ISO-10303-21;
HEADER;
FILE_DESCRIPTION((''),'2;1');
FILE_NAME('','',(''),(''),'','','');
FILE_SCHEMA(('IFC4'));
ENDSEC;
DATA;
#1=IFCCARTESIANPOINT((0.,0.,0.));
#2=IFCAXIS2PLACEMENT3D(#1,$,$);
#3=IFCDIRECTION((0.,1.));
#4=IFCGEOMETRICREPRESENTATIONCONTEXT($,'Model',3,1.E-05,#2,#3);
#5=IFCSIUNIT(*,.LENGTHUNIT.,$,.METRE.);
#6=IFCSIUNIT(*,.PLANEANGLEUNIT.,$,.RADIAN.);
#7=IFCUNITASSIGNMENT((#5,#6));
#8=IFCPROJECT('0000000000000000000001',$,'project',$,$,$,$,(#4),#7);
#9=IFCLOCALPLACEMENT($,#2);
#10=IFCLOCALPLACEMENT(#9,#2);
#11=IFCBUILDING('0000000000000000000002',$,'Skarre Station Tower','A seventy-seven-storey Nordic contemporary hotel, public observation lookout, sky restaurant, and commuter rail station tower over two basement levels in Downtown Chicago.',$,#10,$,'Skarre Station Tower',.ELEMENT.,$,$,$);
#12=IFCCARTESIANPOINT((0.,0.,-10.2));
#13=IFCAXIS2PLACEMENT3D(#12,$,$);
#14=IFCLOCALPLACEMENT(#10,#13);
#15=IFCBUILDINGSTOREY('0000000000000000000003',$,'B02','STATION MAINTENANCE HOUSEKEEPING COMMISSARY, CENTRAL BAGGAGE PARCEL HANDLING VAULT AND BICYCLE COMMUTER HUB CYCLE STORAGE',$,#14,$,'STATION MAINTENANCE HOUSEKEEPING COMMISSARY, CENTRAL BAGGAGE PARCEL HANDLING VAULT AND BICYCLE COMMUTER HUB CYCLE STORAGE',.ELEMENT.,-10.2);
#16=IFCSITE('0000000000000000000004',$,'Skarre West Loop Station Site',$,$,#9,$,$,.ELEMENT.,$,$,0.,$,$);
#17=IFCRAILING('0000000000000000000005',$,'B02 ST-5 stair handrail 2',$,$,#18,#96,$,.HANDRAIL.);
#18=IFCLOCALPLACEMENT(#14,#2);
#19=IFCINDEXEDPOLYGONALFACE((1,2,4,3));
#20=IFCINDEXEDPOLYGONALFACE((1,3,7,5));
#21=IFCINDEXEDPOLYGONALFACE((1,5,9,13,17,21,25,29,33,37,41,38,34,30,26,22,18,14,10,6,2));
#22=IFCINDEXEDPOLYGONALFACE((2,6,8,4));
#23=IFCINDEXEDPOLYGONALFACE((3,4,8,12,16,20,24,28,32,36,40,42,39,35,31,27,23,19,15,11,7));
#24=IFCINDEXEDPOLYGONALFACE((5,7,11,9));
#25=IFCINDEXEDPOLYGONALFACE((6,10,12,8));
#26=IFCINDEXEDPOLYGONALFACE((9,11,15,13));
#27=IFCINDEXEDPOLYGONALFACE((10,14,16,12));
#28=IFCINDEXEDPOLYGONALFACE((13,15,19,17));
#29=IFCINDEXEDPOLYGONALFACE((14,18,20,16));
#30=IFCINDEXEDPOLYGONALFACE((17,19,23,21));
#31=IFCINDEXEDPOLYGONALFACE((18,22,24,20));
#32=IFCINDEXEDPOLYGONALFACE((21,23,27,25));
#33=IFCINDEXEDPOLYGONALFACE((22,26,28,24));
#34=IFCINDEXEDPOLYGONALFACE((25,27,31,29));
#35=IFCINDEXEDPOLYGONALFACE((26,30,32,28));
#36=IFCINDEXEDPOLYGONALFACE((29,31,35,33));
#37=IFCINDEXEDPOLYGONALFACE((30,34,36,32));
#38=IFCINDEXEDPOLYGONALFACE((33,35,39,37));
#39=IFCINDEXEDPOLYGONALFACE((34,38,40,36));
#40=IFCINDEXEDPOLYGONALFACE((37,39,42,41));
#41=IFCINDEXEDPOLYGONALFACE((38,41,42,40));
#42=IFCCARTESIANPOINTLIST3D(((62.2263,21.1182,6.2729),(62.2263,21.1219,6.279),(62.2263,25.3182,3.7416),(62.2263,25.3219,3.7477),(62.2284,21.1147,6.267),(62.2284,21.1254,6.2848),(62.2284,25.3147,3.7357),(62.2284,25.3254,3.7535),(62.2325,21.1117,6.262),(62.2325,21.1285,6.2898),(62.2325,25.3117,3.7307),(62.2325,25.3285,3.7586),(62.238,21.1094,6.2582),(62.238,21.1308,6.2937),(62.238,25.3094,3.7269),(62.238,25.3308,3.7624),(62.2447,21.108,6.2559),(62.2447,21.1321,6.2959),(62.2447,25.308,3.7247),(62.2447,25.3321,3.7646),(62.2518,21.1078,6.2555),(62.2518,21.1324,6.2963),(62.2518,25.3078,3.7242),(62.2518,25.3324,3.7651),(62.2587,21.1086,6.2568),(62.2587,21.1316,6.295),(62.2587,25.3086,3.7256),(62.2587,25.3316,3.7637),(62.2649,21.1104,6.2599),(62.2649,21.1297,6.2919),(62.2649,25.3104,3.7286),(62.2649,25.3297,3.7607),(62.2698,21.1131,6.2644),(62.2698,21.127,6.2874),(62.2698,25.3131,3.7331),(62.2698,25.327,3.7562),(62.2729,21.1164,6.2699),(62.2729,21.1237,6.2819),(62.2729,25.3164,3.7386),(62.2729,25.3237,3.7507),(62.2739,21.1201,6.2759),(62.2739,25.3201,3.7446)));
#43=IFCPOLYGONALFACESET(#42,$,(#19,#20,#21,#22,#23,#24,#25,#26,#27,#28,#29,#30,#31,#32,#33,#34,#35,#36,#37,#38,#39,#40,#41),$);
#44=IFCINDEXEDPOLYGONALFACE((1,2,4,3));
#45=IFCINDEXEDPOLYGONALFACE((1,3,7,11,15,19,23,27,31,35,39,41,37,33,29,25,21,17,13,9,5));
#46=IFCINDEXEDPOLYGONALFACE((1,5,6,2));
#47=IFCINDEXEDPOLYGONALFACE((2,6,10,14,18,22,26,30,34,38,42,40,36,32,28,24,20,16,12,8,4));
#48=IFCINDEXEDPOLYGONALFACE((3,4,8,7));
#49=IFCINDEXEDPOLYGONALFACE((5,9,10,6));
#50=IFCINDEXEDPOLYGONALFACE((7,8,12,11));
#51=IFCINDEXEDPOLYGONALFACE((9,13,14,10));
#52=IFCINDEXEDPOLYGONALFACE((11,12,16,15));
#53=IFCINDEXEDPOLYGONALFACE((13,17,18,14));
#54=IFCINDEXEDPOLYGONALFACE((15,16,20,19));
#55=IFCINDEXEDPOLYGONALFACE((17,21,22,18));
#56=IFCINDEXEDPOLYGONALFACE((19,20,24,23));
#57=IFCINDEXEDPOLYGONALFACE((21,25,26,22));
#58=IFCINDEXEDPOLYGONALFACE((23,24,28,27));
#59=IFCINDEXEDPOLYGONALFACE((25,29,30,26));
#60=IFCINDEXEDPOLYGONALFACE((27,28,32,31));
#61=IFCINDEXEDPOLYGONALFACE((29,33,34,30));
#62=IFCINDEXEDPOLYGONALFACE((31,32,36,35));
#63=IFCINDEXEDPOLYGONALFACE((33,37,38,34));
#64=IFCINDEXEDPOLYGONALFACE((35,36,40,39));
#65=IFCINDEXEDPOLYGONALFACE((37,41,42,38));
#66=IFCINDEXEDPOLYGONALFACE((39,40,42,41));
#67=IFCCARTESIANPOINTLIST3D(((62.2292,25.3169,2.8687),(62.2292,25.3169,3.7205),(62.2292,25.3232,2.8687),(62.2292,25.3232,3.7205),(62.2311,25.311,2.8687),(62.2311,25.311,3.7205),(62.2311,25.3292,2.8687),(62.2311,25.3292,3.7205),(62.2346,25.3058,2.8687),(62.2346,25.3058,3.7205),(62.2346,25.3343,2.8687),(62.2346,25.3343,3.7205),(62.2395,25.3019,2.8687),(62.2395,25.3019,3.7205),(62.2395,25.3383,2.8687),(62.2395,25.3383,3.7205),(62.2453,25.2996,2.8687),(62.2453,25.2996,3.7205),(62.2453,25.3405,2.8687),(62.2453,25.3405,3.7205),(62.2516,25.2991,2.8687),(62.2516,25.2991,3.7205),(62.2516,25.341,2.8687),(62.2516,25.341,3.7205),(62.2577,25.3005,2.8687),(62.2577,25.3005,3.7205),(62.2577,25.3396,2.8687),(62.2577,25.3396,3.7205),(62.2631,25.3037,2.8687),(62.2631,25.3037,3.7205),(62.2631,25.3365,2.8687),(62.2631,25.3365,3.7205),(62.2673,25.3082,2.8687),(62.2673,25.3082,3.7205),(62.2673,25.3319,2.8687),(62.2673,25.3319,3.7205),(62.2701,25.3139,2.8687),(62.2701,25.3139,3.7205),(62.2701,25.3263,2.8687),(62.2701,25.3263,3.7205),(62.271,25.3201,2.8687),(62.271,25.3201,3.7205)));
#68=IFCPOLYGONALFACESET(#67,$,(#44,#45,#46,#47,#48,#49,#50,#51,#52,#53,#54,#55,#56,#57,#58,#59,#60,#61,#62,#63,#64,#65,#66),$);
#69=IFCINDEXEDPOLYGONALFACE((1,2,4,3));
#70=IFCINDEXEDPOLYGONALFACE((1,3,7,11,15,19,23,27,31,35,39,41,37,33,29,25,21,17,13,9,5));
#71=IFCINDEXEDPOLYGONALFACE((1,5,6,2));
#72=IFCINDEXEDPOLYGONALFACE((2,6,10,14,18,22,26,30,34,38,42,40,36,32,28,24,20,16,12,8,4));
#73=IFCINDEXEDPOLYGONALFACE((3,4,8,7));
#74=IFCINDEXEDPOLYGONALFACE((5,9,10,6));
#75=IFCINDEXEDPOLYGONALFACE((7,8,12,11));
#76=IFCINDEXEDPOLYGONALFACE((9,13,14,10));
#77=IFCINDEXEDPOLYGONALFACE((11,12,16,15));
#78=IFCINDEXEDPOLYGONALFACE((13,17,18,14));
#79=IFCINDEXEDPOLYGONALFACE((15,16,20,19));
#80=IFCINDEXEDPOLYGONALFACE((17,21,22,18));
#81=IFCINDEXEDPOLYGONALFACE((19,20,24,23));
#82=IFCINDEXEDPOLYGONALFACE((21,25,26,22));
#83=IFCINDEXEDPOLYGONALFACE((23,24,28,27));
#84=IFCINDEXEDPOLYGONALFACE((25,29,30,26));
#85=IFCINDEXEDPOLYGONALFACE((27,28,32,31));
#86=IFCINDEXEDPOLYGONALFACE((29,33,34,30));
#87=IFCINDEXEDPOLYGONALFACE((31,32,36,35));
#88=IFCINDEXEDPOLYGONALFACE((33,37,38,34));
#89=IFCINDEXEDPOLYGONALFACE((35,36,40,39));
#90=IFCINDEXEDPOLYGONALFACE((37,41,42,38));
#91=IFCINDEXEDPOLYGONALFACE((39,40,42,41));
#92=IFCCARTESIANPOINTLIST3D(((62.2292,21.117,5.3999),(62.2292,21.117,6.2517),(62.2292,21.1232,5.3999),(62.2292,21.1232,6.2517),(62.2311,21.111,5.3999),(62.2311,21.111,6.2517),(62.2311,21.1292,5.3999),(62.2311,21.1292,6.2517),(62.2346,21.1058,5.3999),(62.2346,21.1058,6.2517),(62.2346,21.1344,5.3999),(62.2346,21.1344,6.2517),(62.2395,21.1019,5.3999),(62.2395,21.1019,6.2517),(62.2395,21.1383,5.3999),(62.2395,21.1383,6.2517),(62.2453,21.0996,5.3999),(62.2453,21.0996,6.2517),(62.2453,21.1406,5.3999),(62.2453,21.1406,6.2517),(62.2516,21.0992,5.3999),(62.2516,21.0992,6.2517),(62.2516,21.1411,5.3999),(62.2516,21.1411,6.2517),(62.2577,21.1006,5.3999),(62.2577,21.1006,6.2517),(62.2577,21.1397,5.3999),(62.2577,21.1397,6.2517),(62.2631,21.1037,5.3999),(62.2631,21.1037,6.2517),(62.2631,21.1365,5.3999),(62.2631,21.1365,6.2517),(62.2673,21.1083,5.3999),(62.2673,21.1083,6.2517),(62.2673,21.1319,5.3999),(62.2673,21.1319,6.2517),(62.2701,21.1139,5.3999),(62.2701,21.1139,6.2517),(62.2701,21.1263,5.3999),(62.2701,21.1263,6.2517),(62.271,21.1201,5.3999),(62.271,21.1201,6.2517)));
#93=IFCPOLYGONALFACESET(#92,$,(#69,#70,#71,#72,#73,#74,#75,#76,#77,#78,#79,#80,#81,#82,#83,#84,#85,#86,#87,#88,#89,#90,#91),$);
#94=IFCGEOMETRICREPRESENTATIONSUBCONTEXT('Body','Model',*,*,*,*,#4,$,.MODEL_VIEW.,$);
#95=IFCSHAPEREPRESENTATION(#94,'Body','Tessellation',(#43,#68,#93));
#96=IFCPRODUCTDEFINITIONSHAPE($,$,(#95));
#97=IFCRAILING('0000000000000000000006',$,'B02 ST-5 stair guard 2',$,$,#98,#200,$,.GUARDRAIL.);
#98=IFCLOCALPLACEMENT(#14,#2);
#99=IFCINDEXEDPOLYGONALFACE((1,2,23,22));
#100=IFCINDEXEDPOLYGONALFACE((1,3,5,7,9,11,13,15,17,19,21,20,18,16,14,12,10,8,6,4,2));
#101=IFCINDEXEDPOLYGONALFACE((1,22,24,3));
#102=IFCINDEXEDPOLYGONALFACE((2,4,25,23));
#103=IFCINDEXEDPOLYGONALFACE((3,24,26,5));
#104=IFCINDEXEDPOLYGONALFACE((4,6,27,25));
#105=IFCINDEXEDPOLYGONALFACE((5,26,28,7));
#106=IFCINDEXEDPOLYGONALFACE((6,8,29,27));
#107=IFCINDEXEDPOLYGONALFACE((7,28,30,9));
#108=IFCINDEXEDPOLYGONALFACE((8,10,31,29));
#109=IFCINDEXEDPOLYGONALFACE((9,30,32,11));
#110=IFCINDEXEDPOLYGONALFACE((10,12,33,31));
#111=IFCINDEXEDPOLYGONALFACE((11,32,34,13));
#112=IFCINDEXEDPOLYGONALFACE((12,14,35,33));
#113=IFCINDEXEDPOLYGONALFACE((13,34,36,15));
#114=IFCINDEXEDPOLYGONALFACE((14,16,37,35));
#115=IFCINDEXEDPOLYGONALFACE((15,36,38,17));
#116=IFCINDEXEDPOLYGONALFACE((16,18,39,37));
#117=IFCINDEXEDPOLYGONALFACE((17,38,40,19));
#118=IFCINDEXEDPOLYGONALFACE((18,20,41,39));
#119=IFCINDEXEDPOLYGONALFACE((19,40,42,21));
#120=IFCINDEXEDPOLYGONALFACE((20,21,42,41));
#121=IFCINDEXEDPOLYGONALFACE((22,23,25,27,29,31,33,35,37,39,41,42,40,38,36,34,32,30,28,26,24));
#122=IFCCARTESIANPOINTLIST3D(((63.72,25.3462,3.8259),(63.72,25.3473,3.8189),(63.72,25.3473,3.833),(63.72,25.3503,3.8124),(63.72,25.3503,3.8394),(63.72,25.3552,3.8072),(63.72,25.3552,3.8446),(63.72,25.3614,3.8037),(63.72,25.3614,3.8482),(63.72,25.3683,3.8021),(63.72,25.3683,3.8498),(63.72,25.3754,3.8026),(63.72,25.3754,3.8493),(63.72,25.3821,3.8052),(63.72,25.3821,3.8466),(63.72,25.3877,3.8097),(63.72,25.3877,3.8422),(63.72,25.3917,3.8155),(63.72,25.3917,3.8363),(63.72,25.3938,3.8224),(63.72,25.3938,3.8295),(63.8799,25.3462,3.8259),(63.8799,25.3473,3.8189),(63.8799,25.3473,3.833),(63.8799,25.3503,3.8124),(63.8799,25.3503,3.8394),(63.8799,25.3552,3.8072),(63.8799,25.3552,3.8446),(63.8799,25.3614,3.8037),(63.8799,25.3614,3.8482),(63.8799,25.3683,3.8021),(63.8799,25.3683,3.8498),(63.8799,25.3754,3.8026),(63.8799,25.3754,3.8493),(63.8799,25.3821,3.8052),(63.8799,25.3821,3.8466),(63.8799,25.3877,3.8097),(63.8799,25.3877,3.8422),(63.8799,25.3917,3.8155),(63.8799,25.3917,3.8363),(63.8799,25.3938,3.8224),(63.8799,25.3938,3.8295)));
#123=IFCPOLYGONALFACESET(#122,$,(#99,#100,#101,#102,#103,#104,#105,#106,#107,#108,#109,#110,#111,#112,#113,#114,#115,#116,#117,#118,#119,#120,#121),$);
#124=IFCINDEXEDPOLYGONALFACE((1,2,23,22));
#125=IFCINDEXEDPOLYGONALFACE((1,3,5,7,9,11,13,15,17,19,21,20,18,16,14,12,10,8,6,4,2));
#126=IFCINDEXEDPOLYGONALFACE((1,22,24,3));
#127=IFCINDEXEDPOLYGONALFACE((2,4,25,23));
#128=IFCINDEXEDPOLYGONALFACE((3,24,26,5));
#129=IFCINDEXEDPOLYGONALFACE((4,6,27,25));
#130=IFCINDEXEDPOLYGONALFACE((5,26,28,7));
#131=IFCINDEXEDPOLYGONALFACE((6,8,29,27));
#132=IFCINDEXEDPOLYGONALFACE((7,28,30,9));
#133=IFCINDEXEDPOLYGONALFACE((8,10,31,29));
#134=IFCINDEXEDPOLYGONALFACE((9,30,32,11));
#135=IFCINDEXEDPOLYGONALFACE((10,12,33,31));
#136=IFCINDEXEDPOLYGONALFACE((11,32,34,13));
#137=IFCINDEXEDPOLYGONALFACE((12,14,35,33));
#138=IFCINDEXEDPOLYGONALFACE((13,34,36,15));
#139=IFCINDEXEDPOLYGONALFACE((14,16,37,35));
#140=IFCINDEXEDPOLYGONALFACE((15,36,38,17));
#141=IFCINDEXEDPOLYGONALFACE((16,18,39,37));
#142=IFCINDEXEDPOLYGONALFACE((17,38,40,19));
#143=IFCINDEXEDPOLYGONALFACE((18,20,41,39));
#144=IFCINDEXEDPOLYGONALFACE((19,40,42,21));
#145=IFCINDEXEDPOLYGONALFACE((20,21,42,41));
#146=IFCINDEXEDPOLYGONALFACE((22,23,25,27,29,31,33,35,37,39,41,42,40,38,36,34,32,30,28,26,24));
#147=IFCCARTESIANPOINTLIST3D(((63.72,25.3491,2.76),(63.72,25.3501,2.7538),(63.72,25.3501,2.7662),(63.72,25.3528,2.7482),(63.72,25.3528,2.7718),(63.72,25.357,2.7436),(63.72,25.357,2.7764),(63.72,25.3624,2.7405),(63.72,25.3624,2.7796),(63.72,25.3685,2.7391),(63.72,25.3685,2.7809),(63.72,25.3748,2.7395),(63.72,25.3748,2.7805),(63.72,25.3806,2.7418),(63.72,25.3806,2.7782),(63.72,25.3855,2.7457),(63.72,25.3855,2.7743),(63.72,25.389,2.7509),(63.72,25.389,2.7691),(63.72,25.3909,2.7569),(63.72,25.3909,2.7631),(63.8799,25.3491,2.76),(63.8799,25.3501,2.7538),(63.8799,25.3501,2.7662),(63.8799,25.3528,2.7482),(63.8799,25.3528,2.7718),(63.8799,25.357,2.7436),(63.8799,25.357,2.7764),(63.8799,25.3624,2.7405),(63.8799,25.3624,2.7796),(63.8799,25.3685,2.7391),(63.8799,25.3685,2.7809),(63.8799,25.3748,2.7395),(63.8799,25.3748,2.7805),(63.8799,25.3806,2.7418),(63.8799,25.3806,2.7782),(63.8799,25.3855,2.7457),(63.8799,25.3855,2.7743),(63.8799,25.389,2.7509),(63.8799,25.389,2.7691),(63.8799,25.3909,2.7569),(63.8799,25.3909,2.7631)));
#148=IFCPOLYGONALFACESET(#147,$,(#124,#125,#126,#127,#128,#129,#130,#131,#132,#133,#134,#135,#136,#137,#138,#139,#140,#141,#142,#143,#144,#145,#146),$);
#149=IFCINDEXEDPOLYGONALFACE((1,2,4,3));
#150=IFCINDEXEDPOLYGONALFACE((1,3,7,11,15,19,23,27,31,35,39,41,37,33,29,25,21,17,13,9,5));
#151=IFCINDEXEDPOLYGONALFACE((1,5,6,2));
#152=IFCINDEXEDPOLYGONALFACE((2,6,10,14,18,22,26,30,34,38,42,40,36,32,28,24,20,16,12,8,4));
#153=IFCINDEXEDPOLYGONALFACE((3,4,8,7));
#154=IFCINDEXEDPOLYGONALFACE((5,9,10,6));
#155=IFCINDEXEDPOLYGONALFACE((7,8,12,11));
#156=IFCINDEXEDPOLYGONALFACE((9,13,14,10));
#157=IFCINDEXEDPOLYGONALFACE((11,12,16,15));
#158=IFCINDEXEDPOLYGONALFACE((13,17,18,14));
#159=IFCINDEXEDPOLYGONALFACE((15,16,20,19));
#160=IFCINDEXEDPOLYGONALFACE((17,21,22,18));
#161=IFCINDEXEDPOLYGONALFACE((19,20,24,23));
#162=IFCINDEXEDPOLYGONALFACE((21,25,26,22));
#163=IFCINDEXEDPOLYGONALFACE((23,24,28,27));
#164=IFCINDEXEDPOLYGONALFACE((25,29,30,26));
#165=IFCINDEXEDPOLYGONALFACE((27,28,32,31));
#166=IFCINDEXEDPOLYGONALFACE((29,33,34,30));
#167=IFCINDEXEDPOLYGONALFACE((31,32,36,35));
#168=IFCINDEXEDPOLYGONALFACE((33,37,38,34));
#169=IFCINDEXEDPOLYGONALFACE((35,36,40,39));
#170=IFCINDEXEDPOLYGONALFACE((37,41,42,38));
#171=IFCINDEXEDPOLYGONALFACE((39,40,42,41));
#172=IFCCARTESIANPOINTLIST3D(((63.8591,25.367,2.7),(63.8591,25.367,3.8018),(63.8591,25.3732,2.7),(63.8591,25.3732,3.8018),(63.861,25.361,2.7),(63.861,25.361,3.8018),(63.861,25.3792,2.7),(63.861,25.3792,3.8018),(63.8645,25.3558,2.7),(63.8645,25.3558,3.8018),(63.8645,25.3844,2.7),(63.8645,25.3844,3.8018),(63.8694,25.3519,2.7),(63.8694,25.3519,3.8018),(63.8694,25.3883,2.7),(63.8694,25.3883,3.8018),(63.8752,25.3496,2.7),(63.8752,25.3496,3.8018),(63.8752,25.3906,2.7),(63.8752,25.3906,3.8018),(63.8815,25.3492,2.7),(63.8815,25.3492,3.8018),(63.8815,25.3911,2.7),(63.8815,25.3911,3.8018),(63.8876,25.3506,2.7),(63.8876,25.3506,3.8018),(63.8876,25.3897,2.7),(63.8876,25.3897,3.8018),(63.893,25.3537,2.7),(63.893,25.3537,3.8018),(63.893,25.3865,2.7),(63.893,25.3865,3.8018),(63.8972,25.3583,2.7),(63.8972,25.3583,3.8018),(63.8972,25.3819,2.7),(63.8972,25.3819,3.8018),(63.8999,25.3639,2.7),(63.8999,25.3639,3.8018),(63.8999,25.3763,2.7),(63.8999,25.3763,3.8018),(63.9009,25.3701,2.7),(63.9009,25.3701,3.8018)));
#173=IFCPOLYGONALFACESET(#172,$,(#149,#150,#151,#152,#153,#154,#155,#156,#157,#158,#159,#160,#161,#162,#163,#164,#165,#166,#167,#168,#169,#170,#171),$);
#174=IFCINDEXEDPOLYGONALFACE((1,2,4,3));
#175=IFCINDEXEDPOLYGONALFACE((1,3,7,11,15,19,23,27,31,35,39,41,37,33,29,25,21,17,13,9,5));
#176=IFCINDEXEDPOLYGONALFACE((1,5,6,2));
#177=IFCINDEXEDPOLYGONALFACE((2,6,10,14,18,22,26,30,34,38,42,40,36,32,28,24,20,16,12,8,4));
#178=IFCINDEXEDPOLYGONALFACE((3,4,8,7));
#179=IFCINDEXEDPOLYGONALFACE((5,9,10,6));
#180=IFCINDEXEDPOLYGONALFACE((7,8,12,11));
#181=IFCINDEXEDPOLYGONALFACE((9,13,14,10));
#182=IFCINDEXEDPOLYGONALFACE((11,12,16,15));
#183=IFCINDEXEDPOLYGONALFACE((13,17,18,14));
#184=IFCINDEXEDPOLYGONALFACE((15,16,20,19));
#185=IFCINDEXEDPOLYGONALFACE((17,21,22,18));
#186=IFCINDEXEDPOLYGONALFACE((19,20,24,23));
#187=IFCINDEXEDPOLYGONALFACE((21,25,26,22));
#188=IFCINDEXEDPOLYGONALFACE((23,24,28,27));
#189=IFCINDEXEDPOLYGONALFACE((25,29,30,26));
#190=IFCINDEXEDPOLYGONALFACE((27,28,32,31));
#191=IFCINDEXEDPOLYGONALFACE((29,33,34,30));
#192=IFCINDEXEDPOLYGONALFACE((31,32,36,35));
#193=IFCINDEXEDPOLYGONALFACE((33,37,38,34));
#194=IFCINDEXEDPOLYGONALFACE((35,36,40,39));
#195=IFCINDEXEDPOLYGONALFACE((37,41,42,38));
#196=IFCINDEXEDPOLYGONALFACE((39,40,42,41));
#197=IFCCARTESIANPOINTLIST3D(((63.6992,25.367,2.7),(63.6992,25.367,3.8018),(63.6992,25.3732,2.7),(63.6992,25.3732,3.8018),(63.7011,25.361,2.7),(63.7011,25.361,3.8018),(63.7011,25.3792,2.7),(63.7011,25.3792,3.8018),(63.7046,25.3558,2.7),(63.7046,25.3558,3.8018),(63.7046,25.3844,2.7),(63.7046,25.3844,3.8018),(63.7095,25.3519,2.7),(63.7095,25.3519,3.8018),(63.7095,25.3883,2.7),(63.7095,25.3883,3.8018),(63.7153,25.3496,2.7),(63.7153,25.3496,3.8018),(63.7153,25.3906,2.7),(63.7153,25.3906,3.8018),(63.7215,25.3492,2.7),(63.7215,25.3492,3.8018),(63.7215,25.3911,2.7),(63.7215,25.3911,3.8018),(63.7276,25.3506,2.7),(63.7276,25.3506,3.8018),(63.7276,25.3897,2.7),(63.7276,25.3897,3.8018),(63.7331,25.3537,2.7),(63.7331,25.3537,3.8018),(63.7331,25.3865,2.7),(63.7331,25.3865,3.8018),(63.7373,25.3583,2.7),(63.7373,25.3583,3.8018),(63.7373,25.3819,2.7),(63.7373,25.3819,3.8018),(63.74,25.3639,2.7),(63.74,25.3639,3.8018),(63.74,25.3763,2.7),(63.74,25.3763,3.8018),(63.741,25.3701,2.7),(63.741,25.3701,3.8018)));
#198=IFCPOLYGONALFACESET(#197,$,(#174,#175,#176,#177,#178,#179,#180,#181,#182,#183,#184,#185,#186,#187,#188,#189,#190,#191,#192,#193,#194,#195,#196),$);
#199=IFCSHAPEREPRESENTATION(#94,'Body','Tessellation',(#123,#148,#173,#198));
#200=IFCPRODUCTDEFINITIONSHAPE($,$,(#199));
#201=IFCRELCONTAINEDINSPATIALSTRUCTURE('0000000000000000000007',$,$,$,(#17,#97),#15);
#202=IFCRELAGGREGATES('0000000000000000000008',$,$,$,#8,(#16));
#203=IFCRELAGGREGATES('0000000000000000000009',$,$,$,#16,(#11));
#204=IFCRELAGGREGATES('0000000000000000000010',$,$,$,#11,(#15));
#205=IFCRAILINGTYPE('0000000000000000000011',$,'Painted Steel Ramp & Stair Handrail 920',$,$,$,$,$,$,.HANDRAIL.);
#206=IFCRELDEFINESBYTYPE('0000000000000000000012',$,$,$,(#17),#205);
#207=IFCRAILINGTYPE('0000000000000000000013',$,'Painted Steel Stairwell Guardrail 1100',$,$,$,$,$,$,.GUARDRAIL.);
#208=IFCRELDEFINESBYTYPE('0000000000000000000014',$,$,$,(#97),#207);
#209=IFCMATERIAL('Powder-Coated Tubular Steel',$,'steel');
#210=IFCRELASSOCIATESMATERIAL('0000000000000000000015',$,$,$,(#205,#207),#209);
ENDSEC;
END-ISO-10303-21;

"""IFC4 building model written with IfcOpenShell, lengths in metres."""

from ifc_helpers import new_model, si_unit, direction, frame, origin, origin_2d, place, context, subcontext, project, spatial, circle, extrude, material, type_object, element, save


model = new_model("IFC4")

# Units and contexts
model_context = context("Model", 3, precision=1e-05, world=origin(), true_north=direction((0.0, 1.0)))
body_context = subcontext(model_context, "Body", "Model", "MODEL_VIEW")
ifc_project = project(units=[si_unit("LENGTHUNIT", "METRE"), si_unit("PLANEANGLEUNIT", "RADIAN")], contexts=[model_context])

# Site, building, storey
site_placement = place(None, origin())
site = spatial("IfcSite", under=ifc_project, at=site_placement, Name="Skarre West Loop Station Site", CompositionType="ELEMENT", RefElevation=0.0)
building_placement = place(site_placement, origin())
building = spatial("IfcBuilding", under=site, at=building_placement, Name="Skarre Station Tower", Description="A seventy-seven-storey Nordic contemporary hotel, public observation lookout, sky restaurant, and commuter rail station tower over two basement levels in Downtown Chicago.", LongName="Skarre Station Tower", CompositionType="ELEMENT")
storey_placement = place(building_placement, frame((0.0, 0.0, -10.2)))
storey = spatial("IfcBuildingStorey", under=building, at=storey_placement, Name="B02", Description="STATION MAINTENANCE HOUSEKEEPING COMMISSARY, CENTRAL BAGGAGE PARCEL HANDLING VAULT AND BICYCLE COMMUTER HUB CYCLE STORAGE", LongName="STATION MAINTENANCE HOUSEKEEPING COMMISSARY, CENTRAL BAGGAGE PARCEL HANDLING VAULT AND BICYCLE COMMUTER HUB CYCLE STORAGE", CompositionType="ELEMENT", Elevation=-10.2)

# Railings
ifc_material_1 = material(Name="Powder-Coated Tubular Steel", Category="steel")
railing_type_1 = type_object("IfcRailingType", Name="Painted Steel Ramp & Stair Handrail 920", PredefinedType="HANDRAIL", material=ifc_material_1)
railing_1_placement = place(storey_placement, frame((62.25, 25.3201, 2.8687)))
element("IfcRailing", 1, at=railing_1_placement, inside=storey, type_object=railing_type_1, Name="B02 ST-5 stair handrail 2", PredefinedType="HANDRAIL", context=body_context, shape_type="SweptSolid", body=[
    extrude(circle(Radius=0.0239, at=origin_2d()), frame((0.0, 0.0, 0.876), z_axis=(0.0, -0.856476, 0.516186), x_axis=(1.0, 0.0, 0.0)), (0.0, 0.0, 1.0), 4.9038),
    extrude(circle(Radius=0.021, at=origin_2d()), origin(), (0.0, 0.0, 1.0), 0.8518),
    extrude(circle(Radius=0.021, at=origin_2d()), frame((0.0, -4.2, 2.5312)), (0.0, 0.0, 1.0), 0.8518),
])
railing_type_2 = type_object("IfcRailingType", Name="Painted Steel Stairwell Guardrail 1100", PredefinedType="GUARDRAIL", material=ifc_material_1)
railing_2_placement = place(storey_placement, frame((63.8799, 25.3701, 2.7)))
element("IfcRailing", 2, at=railing_2_placement, inside=storey, type_object=railing_type_2, Name="B02 ST-5 stair guard 2", PredefinedType="GUARDRAIL", context=body_context, shape_type="SweptSolid", body=[
    extrude(circle(Radius=0.0239, at=origin_2d()), frame((0.0, 0.0, 1.126), z_axis=(-1.0, 0.0, 0.0), x_axis=(0.0, -1.0, 0.0)), (0.0, 0.0, 1.0), 0.1599),
    extrude(circle(Radius=0.021, at=origin_2d()), frame((0.0, 0.0, 0.0601), z_axis=(-1.0, 0.0, 0.0), x_axis=(0.0, -1.0, 0.0)), (0.0, 0.0, 1.0), 0.1599),
    extrude(circle(Radius=0.021, at=origin_2d()), origin(), (0.0, 0.0, 1.0), 1.1018),
    extrude(circle(Radius=0.021, at=origin_2d()), frame((-0.1599, 0.0, 0.0)), (0.0, 0.0, 1.0), 1.1018),
])

save(model, "model.ifc")
